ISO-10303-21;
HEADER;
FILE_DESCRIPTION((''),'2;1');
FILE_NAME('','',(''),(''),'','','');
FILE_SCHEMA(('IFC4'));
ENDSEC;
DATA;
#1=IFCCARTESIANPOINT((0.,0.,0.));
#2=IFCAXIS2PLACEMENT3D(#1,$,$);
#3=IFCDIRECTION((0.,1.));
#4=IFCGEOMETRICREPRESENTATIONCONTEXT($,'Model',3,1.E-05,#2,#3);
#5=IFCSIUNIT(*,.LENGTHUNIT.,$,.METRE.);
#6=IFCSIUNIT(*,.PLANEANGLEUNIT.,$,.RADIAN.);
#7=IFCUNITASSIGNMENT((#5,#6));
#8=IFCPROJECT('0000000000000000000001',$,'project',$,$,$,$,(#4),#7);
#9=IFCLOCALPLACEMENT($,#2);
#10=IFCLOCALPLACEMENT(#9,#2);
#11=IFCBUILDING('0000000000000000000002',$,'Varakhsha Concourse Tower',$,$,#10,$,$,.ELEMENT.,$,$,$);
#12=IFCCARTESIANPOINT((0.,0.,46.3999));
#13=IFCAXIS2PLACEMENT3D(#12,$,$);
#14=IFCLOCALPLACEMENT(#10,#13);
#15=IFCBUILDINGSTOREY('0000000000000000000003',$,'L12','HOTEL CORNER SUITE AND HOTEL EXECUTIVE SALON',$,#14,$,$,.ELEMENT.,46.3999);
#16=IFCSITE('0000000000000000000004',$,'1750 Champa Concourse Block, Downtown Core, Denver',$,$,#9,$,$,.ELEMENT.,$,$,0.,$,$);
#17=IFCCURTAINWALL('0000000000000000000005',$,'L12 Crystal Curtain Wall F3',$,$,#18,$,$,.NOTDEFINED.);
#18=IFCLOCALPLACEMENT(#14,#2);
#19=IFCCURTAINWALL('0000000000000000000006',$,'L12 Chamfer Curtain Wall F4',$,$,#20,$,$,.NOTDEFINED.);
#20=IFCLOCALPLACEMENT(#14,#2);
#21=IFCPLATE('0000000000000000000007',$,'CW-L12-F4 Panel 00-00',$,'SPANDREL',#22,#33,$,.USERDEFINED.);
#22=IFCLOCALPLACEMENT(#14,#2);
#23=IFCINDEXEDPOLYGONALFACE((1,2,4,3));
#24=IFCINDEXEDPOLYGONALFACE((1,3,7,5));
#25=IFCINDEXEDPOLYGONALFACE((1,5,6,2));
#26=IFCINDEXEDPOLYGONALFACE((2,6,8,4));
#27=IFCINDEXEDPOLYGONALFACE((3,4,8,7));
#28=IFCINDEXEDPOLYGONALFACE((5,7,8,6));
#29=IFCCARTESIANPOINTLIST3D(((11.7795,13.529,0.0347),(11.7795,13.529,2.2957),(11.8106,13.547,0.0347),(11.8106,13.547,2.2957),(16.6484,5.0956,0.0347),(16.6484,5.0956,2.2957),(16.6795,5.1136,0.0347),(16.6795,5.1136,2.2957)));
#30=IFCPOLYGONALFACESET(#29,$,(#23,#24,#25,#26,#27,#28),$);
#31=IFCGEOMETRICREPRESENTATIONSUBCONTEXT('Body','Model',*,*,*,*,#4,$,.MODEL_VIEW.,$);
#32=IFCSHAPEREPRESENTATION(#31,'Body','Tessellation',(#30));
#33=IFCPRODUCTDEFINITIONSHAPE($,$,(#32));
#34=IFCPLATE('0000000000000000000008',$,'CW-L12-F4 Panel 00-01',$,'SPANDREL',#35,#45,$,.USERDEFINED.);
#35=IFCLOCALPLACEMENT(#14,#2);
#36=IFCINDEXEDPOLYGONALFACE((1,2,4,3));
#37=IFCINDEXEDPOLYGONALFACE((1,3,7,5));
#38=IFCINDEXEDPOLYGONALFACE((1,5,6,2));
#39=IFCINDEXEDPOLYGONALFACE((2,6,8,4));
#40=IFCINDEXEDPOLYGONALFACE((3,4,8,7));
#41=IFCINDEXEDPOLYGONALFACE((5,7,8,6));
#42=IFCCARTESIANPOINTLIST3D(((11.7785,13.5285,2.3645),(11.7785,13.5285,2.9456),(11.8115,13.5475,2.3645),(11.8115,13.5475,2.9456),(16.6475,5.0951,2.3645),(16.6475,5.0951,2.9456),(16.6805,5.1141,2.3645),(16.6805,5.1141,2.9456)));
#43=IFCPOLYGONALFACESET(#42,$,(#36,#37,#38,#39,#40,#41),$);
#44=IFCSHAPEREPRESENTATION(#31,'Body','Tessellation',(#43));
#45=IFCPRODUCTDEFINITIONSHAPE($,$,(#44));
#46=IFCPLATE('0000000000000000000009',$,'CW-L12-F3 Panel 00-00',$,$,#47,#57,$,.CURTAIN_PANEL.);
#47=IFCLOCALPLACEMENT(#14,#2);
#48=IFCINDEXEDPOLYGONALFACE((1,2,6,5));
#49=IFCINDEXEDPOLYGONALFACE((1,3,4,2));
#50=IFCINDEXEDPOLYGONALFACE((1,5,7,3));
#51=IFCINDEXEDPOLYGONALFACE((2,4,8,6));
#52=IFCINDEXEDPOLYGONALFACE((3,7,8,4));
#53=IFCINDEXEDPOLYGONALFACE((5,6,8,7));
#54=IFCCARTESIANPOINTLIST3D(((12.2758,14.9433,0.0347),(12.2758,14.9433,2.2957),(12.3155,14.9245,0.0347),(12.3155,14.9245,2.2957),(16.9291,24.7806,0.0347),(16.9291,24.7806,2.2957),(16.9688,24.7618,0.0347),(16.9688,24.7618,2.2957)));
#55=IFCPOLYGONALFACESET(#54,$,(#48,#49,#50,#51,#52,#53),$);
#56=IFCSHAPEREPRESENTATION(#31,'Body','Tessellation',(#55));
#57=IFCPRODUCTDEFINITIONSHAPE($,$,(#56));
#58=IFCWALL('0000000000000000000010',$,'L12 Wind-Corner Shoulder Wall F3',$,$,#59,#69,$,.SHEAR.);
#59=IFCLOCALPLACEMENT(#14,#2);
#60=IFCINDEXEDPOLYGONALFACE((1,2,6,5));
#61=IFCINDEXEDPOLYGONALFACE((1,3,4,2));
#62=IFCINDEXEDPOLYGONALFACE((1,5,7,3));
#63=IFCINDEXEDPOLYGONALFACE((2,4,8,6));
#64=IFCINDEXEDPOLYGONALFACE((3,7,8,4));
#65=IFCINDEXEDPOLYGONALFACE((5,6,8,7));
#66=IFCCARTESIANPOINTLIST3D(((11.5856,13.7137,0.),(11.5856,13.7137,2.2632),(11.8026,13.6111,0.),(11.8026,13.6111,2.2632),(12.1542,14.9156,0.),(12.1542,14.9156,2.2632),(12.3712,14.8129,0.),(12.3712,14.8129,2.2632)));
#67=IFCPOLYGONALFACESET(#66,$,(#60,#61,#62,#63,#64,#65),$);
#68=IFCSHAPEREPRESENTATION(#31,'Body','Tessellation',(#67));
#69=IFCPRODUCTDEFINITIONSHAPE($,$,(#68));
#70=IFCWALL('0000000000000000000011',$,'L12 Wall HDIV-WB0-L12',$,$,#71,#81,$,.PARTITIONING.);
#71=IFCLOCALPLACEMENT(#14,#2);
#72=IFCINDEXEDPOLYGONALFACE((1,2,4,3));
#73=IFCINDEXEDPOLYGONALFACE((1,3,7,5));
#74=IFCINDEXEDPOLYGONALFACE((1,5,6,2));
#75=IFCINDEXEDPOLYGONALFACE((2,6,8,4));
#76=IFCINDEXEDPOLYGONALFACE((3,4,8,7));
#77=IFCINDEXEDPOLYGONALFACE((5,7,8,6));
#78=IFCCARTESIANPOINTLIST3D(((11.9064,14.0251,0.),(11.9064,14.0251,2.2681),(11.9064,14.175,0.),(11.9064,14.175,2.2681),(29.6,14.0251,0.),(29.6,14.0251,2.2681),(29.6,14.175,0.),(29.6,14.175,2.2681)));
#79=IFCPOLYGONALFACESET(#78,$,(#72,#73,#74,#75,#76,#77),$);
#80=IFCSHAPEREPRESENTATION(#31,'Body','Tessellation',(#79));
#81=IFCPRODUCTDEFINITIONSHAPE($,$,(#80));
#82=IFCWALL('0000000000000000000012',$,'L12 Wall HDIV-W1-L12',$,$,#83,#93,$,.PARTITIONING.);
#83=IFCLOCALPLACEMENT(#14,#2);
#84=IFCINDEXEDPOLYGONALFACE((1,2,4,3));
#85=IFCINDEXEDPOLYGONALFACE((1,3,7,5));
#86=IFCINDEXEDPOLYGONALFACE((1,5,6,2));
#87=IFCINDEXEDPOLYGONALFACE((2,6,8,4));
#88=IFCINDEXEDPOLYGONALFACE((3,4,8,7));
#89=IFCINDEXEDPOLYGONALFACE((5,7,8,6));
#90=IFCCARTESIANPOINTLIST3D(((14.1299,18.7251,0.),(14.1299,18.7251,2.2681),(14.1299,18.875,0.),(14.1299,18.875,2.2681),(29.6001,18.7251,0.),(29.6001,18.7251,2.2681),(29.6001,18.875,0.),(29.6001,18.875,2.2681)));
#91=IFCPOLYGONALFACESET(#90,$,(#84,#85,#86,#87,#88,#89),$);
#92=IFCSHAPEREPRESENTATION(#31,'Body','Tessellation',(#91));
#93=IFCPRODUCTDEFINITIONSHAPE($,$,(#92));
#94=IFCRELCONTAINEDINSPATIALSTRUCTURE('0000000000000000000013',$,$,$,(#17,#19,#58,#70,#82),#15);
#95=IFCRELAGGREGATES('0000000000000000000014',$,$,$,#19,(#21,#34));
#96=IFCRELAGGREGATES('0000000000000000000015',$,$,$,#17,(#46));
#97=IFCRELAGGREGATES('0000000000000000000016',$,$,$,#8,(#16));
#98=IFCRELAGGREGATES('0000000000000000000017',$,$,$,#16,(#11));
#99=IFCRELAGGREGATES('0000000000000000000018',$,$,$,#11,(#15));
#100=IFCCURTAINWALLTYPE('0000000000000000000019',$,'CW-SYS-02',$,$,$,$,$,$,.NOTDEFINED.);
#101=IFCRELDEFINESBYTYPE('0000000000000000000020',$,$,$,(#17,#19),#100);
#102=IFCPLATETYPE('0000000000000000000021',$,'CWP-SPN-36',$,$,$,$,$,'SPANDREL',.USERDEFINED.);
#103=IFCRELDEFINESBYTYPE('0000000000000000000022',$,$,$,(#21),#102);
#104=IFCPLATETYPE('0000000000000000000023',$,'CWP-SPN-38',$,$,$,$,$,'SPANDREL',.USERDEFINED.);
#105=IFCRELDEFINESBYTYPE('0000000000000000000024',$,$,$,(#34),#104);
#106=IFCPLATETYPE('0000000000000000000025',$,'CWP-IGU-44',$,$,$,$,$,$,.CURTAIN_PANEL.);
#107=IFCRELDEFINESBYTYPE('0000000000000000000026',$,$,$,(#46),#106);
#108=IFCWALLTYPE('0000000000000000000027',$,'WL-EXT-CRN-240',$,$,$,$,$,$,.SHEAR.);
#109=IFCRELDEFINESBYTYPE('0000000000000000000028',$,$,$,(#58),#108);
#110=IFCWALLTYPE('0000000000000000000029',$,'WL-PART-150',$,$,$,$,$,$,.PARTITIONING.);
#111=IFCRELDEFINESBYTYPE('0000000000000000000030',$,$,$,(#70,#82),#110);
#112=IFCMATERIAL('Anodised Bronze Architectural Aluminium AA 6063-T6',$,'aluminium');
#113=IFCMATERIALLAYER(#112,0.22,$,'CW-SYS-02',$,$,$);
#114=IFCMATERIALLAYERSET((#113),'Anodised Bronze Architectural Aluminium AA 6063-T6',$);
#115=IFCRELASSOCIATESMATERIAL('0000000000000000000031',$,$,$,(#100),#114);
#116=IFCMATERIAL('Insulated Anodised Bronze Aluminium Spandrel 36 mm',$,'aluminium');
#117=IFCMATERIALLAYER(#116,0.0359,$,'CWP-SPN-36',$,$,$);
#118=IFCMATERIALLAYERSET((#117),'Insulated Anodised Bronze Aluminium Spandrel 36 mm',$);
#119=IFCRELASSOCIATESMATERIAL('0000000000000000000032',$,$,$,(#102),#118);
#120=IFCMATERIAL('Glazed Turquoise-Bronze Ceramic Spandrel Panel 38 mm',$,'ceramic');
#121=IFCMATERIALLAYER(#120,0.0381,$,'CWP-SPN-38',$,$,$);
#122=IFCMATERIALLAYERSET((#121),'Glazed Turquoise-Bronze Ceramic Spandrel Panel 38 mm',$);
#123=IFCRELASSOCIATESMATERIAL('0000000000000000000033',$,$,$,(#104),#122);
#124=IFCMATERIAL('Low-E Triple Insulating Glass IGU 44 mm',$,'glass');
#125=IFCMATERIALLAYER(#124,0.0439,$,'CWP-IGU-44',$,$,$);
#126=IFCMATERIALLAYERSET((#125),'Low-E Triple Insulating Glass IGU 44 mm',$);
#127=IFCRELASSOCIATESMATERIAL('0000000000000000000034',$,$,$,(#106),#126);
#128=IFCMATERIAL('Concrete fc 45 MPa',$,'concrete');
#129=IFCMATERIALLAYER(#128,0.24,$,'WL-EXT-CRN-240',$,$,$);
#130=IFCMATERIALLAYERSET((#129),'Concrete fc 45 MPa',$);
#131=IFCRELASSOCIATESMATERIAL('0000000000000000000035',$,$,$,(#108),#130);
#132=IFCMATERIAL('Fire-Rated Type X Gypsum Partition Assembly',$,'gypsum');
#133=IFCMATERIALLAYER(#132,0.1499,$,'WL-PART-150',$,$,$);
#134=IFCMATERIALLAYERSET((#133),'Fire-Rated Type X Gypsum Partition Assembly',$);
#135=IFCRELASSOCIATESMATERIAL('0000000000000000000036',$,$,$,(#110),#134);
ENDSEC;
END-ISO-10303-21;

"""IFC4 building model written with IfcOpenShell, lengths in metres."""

from ifc_helpers import new_model, si_unit, direction, frame, frame_2d, origin, origin_2d, place, context, subcontext, project, spatial, rectangle, extrude, source, transform, mapped, material, layer, layer_set, type_object, type_shapes, element, aggregate, save


model = new_model("IFC4")

# Units and contexts
model_context = context("Model", 3, precision=1e-05, world=origin(), true_north=direction((0.0, 1.0)))
body_context = subcontext(model_context, "Body", "Model", "MODEL_VIEW")
ifc_project = project(units=[si_unit("LENGTHUNIT", "METRE"), si_unit("PLANEANGLEUNIT", "RADIAN")], contexts=[model_context])

# Site, building, storey
site_placement = place(None, origin())
site = spatial("IfcSite", under=ifc_project, at=site_placement, Name="1750 Champa Concourse Block, Downtown Core, Denver", CompositionType="ELEMENT", RefElevation=0.0)
building_placement = place(site_placement, origin())
building = spatial("IfcBuilding", under=site, at=building_placement, Name="Varakhsha Concourse Tower", CompositionType="ELEMENT")
storey_placement = place(building_placement, frame((0.0, 0.0, 46.3999)))
storey = spatial("IfcBuildingStorey", under=building, at=storey_placement, Name="L12", Description="HOTEL CORNER SUITE AND HOTEL EXECUTIVE SALON", CompositionType="ELEMENT", Elevation=46.3999)

# Curtain walls
ifc_material_1 = material(Name="Anodised Bronze Architectural Aluminium AA 6063-T6", Category="aluminium")
ifc_layer_1 = layer(ifc_material_1, 0.22, Name="CW-SYS-02")
ifc_layer_set_1 = layer_set([ifc_layer_1], Name="Anodised Bronze Architectural Aluminium AA 6063-T6")
curtain_wall_type = type_object("IfcCurtainWallType", Name="CW-SYS-02", PredefinedType="NOTDEFINED", material=ifc_layer_set_1)
curtain_wall_1_placement = place(storey_placement, origin())
curtain_wall_1 = element("IfcCurtainWall", 1, at=curtain_wall_1_placement, inside=storey, type_object=curtain_wall_type, Name="L12 Crystal Curtain Wall F3", PredefinedType="NOTDEFINED")
curtain_wall_2_placement = place(storey_placement, origin())
curtain_wall_2 = element("IfcCurtainWall", 2, at=curtain_wall_2_placement, inside=storey, type_object=curtain_wall_type, Name="L12 Chamfer Curtain Wall F4", PredefinedType="NOTDEFINED")

# Shared definitions
ifc_material_2 = material(Name="Concrete fc 45 MPa", Category="concrete")

# Plates
ifc_material_3 = material(Name="Insulated Anodised Bronze Aluminium Spandrel 36 mm", Category="aluminium")
ifc_layer_2 = layer(ifc_material_3, 0.0359, Name="CWP-SPN-36")
ifc_layer_set_2 = layer_set([ifc_layer_2], Name="Insulated Anodised Bronze Aluminium Spandrel 36 mm")
plate_type_1 = type_object("IfcPlateType", Name="CWP-SPN-36", ElementType="SPANDREL", PredefinedType="USERDEFINED", material=ifc_layer_set_2)
shared_shape_1 = source(origin(), body_context, "Body", "SweptSolid", [
    extrude(rectangle(XDim=9.738, YDim=0.0359, at=origin_2d()), origin(), (0.0, 0.0, 1.0), 2.261),
])
type_shapes(plate_type_1, [shared_shape_1])
plate_1_placement = place(storey_placement, frame((14.2295, 9.3213, 0.0347), z_axis=(0.0, 0.0, 1.0), x_axis=(-0.499994, 0.866029, 0.0)))
plate_1 = element("IfcPlate", 3, at=plate_1_placement, type_object=plate_type_1, Name="CW-L12-F4 Panel 00-00", ObjectType="SPANDREL", PredefinedType="USERDEFINED", context=body_context, shape_type="MappedRepresentation", body=[
    mapped(shared_shape_1, transform((0.0, 0.0, 0.0), scale=1.0)),
])
ifc_material_4 = material(Name="Glazed Turquoise-Bronze Ceramic Spandrel Panel 38 mm", Category="ceramic")
ifc_layer_3 = layer(ifc_material_4, 0.0381, Name="CWP-SPN-38")
ifc_layer_set_3 = layer_set([ifc_layer_3], Name="Glazed Turquoise-Bronze Ceramic Spandrel Panel 38 mm")
plate_type_2 = type_object("IfcPlateType", Name="CWP-SPN-38", ElementType="SPANDREL", PredefinedType="USERDEFINED", material=ifc_layer_set_3)
shared_shape_2 = source(origin(), body_context, "Body", "SweptSolid", [
    extrude(rectangle(XDim=9.738, YDim=0.0381, at=origin_2d()), origin(), (0.0, 0.0, 1.0), 0.5811),
])
type_shapes(plate_type_2, [shared_shape_2])
plate_2_placement = place(storey_placement, frame((14.2295, 9.3213, 2.3645), z_axis=(0.0, 0.0, 1.0), x_axis=(-0.499994, 0.866029, 0.0)))
plate_2 = element("IfcPlate", 4, at=plate_2_placement, type_object=plate_type_2, Name="CW-L12-F4 Panel 00-01", ObjectType="SPANDREL", PredefinedType="USERDEFINED", context=body_context, shape_type="MappedRepresentation", body=[
    mapped(shared_shape_2, transform((0.0, 0.0, 0.0), scale=1.0)),
])
aggregate(curtain_wall_2, [plate_1, plate_2])
ifc_material_5 = material(Name="Low-E Triple Insulating Glass IGU 44 mm", Category="glass")
ifc_layer_4 = layer(ifc_material_5, 0.0439, Name="CWP-IGU-44")
ifc_layer_set_4 = layer_set([ifc_layer_4], Name="Low-E Triple Insulating Glass IGU 44 mm")
plate_type_3 = type_object("IfcPlateType", Name="CWP-IGU-44", PredefinedType="CURTAIN_PANEL", material=ifc_layer_set_4)
shared_shape_3 = source(origin(), body_context, "Body", "SweptSolid", [
    extrude(rectangle(XDim=10.8823, YDim=0.0439, at=origin_2d()), origin(), (0.0, 0.0, 1.0), 2.261),
])
type_shapes(plate_type_3, [shared_shape_3])
plate_3_placement = place(storey_placement, frame((14.6223, 19.8525, 0.0347), z_axis=(0.0, 0.0, 1.0), x_axis=(0.427604, 0.903966, 0.0)))
plate_3 = element("IfcPlate", 5, at=plate_3_placement, type_object=plate_type_3, Name="CW-L12-F3 Panel 00-00", PredefinedType="CURTAIN_PANEL", context=body_context, shape_type="MappedRepresentation", body=[
    mapped(shared_shape_3, transform((0.0, 0.0, 0.0), scale=1.0)),
])
aggregate(curtain_wall_1, [plate_3])

# Walls
ifc_layer_5 = layer(ifc_material_2, 0.24, Name="WL-EXT-CRN-240")
ifc_layer_set_5 = layer_set([ifc_layer_5], Name="Concrete fc 45 MPa")
wall_type_1 = type_object("IfcWallType", Name="WL-EXT-CRN-240", PredefinedType="SHEAR", material=ifc_layer_set_5)
wall_1_placement = place(storey_placement, frame((12.2627, 14.8643, 0.0), z_axis=(0.0, 0.0, 1.0), x_axis=(-0.427644, -0.903947, 0.0)))
element("IfcWall", 6, at=wall_1_placement, inside=storey, type_object=wall_type_1, Name="L12 Wind-Corner Shoulder Wall F3", PredefinedType="SHEAR", context=body_context, shape_type="SweptSolid", body=[
    extrude(rectangle(XDim=1.3296, YDim=0.24, at=frame_2d((0.6648, 0.0))), origin(), (0.0, 0.0, 1.0), 2.2632),
])
ifc_material_6 = material(Name="Fire-Rated Type X Gypsum Partition Assembly", Category="gypsum")
ifc_layer_6 = layer(ifc_material_6, 0.1499, Name="WL-PART-150")
ifc_layer_set_6 = layer_set([ifc_layer_6], Name="Fire-Rated Type X Gypsum Partition Assembly")
wall_type_2 = type_object("IfcWallType", Name="WL-PART-150", PredefinedType="PARTITIONING", material=ifc_layer_set_6)
wall_2_placement = place(storey_placement, frame((11.9065, 14.1001, 0.0), z_axis=(0.0, 0.0, 1.0), x_axis=(1.0, 0.0, 0.0)))
element("IfcWall", 7, at=wall_2_placement, inside=storey, type_object=wall_type_2, Name="L12 Wall HDIV-WB0-L12", PredefinedType="PARTITIONING", context=body_context, shape_type="SweptSolid", body=[
    extrude(rectangle(XDim=17.6936, YDim=0.1499, at=frame_2d((8.8467, 0.0))), origin(), (0.0, 0.0, 1.0), 2.2681),
])
wall_3_placement = place(storey_placement, frame((14.1299, 18.8, 0.0), z_axis=(0.0, 0.0, 1.0), x_axis=(1.0, 0.0, 0.0)))
element("IfcWall", 8, at=wall_3_placement, inside=storey, type_object=wall_type_2, Name="L12 Wall HDIV-W1-L12", PredefinedType="PARTITIONING", context=body_context, shape_type="SweptSolid", body=[
    extrude(rectangle(XDim=15.4702, YDim=0.1499, at=frame_2d((7.7351, 0.0))), origin(), (0.0, 0.0, 1.0), 2.2681),
])

save(model, "model.ifc")
